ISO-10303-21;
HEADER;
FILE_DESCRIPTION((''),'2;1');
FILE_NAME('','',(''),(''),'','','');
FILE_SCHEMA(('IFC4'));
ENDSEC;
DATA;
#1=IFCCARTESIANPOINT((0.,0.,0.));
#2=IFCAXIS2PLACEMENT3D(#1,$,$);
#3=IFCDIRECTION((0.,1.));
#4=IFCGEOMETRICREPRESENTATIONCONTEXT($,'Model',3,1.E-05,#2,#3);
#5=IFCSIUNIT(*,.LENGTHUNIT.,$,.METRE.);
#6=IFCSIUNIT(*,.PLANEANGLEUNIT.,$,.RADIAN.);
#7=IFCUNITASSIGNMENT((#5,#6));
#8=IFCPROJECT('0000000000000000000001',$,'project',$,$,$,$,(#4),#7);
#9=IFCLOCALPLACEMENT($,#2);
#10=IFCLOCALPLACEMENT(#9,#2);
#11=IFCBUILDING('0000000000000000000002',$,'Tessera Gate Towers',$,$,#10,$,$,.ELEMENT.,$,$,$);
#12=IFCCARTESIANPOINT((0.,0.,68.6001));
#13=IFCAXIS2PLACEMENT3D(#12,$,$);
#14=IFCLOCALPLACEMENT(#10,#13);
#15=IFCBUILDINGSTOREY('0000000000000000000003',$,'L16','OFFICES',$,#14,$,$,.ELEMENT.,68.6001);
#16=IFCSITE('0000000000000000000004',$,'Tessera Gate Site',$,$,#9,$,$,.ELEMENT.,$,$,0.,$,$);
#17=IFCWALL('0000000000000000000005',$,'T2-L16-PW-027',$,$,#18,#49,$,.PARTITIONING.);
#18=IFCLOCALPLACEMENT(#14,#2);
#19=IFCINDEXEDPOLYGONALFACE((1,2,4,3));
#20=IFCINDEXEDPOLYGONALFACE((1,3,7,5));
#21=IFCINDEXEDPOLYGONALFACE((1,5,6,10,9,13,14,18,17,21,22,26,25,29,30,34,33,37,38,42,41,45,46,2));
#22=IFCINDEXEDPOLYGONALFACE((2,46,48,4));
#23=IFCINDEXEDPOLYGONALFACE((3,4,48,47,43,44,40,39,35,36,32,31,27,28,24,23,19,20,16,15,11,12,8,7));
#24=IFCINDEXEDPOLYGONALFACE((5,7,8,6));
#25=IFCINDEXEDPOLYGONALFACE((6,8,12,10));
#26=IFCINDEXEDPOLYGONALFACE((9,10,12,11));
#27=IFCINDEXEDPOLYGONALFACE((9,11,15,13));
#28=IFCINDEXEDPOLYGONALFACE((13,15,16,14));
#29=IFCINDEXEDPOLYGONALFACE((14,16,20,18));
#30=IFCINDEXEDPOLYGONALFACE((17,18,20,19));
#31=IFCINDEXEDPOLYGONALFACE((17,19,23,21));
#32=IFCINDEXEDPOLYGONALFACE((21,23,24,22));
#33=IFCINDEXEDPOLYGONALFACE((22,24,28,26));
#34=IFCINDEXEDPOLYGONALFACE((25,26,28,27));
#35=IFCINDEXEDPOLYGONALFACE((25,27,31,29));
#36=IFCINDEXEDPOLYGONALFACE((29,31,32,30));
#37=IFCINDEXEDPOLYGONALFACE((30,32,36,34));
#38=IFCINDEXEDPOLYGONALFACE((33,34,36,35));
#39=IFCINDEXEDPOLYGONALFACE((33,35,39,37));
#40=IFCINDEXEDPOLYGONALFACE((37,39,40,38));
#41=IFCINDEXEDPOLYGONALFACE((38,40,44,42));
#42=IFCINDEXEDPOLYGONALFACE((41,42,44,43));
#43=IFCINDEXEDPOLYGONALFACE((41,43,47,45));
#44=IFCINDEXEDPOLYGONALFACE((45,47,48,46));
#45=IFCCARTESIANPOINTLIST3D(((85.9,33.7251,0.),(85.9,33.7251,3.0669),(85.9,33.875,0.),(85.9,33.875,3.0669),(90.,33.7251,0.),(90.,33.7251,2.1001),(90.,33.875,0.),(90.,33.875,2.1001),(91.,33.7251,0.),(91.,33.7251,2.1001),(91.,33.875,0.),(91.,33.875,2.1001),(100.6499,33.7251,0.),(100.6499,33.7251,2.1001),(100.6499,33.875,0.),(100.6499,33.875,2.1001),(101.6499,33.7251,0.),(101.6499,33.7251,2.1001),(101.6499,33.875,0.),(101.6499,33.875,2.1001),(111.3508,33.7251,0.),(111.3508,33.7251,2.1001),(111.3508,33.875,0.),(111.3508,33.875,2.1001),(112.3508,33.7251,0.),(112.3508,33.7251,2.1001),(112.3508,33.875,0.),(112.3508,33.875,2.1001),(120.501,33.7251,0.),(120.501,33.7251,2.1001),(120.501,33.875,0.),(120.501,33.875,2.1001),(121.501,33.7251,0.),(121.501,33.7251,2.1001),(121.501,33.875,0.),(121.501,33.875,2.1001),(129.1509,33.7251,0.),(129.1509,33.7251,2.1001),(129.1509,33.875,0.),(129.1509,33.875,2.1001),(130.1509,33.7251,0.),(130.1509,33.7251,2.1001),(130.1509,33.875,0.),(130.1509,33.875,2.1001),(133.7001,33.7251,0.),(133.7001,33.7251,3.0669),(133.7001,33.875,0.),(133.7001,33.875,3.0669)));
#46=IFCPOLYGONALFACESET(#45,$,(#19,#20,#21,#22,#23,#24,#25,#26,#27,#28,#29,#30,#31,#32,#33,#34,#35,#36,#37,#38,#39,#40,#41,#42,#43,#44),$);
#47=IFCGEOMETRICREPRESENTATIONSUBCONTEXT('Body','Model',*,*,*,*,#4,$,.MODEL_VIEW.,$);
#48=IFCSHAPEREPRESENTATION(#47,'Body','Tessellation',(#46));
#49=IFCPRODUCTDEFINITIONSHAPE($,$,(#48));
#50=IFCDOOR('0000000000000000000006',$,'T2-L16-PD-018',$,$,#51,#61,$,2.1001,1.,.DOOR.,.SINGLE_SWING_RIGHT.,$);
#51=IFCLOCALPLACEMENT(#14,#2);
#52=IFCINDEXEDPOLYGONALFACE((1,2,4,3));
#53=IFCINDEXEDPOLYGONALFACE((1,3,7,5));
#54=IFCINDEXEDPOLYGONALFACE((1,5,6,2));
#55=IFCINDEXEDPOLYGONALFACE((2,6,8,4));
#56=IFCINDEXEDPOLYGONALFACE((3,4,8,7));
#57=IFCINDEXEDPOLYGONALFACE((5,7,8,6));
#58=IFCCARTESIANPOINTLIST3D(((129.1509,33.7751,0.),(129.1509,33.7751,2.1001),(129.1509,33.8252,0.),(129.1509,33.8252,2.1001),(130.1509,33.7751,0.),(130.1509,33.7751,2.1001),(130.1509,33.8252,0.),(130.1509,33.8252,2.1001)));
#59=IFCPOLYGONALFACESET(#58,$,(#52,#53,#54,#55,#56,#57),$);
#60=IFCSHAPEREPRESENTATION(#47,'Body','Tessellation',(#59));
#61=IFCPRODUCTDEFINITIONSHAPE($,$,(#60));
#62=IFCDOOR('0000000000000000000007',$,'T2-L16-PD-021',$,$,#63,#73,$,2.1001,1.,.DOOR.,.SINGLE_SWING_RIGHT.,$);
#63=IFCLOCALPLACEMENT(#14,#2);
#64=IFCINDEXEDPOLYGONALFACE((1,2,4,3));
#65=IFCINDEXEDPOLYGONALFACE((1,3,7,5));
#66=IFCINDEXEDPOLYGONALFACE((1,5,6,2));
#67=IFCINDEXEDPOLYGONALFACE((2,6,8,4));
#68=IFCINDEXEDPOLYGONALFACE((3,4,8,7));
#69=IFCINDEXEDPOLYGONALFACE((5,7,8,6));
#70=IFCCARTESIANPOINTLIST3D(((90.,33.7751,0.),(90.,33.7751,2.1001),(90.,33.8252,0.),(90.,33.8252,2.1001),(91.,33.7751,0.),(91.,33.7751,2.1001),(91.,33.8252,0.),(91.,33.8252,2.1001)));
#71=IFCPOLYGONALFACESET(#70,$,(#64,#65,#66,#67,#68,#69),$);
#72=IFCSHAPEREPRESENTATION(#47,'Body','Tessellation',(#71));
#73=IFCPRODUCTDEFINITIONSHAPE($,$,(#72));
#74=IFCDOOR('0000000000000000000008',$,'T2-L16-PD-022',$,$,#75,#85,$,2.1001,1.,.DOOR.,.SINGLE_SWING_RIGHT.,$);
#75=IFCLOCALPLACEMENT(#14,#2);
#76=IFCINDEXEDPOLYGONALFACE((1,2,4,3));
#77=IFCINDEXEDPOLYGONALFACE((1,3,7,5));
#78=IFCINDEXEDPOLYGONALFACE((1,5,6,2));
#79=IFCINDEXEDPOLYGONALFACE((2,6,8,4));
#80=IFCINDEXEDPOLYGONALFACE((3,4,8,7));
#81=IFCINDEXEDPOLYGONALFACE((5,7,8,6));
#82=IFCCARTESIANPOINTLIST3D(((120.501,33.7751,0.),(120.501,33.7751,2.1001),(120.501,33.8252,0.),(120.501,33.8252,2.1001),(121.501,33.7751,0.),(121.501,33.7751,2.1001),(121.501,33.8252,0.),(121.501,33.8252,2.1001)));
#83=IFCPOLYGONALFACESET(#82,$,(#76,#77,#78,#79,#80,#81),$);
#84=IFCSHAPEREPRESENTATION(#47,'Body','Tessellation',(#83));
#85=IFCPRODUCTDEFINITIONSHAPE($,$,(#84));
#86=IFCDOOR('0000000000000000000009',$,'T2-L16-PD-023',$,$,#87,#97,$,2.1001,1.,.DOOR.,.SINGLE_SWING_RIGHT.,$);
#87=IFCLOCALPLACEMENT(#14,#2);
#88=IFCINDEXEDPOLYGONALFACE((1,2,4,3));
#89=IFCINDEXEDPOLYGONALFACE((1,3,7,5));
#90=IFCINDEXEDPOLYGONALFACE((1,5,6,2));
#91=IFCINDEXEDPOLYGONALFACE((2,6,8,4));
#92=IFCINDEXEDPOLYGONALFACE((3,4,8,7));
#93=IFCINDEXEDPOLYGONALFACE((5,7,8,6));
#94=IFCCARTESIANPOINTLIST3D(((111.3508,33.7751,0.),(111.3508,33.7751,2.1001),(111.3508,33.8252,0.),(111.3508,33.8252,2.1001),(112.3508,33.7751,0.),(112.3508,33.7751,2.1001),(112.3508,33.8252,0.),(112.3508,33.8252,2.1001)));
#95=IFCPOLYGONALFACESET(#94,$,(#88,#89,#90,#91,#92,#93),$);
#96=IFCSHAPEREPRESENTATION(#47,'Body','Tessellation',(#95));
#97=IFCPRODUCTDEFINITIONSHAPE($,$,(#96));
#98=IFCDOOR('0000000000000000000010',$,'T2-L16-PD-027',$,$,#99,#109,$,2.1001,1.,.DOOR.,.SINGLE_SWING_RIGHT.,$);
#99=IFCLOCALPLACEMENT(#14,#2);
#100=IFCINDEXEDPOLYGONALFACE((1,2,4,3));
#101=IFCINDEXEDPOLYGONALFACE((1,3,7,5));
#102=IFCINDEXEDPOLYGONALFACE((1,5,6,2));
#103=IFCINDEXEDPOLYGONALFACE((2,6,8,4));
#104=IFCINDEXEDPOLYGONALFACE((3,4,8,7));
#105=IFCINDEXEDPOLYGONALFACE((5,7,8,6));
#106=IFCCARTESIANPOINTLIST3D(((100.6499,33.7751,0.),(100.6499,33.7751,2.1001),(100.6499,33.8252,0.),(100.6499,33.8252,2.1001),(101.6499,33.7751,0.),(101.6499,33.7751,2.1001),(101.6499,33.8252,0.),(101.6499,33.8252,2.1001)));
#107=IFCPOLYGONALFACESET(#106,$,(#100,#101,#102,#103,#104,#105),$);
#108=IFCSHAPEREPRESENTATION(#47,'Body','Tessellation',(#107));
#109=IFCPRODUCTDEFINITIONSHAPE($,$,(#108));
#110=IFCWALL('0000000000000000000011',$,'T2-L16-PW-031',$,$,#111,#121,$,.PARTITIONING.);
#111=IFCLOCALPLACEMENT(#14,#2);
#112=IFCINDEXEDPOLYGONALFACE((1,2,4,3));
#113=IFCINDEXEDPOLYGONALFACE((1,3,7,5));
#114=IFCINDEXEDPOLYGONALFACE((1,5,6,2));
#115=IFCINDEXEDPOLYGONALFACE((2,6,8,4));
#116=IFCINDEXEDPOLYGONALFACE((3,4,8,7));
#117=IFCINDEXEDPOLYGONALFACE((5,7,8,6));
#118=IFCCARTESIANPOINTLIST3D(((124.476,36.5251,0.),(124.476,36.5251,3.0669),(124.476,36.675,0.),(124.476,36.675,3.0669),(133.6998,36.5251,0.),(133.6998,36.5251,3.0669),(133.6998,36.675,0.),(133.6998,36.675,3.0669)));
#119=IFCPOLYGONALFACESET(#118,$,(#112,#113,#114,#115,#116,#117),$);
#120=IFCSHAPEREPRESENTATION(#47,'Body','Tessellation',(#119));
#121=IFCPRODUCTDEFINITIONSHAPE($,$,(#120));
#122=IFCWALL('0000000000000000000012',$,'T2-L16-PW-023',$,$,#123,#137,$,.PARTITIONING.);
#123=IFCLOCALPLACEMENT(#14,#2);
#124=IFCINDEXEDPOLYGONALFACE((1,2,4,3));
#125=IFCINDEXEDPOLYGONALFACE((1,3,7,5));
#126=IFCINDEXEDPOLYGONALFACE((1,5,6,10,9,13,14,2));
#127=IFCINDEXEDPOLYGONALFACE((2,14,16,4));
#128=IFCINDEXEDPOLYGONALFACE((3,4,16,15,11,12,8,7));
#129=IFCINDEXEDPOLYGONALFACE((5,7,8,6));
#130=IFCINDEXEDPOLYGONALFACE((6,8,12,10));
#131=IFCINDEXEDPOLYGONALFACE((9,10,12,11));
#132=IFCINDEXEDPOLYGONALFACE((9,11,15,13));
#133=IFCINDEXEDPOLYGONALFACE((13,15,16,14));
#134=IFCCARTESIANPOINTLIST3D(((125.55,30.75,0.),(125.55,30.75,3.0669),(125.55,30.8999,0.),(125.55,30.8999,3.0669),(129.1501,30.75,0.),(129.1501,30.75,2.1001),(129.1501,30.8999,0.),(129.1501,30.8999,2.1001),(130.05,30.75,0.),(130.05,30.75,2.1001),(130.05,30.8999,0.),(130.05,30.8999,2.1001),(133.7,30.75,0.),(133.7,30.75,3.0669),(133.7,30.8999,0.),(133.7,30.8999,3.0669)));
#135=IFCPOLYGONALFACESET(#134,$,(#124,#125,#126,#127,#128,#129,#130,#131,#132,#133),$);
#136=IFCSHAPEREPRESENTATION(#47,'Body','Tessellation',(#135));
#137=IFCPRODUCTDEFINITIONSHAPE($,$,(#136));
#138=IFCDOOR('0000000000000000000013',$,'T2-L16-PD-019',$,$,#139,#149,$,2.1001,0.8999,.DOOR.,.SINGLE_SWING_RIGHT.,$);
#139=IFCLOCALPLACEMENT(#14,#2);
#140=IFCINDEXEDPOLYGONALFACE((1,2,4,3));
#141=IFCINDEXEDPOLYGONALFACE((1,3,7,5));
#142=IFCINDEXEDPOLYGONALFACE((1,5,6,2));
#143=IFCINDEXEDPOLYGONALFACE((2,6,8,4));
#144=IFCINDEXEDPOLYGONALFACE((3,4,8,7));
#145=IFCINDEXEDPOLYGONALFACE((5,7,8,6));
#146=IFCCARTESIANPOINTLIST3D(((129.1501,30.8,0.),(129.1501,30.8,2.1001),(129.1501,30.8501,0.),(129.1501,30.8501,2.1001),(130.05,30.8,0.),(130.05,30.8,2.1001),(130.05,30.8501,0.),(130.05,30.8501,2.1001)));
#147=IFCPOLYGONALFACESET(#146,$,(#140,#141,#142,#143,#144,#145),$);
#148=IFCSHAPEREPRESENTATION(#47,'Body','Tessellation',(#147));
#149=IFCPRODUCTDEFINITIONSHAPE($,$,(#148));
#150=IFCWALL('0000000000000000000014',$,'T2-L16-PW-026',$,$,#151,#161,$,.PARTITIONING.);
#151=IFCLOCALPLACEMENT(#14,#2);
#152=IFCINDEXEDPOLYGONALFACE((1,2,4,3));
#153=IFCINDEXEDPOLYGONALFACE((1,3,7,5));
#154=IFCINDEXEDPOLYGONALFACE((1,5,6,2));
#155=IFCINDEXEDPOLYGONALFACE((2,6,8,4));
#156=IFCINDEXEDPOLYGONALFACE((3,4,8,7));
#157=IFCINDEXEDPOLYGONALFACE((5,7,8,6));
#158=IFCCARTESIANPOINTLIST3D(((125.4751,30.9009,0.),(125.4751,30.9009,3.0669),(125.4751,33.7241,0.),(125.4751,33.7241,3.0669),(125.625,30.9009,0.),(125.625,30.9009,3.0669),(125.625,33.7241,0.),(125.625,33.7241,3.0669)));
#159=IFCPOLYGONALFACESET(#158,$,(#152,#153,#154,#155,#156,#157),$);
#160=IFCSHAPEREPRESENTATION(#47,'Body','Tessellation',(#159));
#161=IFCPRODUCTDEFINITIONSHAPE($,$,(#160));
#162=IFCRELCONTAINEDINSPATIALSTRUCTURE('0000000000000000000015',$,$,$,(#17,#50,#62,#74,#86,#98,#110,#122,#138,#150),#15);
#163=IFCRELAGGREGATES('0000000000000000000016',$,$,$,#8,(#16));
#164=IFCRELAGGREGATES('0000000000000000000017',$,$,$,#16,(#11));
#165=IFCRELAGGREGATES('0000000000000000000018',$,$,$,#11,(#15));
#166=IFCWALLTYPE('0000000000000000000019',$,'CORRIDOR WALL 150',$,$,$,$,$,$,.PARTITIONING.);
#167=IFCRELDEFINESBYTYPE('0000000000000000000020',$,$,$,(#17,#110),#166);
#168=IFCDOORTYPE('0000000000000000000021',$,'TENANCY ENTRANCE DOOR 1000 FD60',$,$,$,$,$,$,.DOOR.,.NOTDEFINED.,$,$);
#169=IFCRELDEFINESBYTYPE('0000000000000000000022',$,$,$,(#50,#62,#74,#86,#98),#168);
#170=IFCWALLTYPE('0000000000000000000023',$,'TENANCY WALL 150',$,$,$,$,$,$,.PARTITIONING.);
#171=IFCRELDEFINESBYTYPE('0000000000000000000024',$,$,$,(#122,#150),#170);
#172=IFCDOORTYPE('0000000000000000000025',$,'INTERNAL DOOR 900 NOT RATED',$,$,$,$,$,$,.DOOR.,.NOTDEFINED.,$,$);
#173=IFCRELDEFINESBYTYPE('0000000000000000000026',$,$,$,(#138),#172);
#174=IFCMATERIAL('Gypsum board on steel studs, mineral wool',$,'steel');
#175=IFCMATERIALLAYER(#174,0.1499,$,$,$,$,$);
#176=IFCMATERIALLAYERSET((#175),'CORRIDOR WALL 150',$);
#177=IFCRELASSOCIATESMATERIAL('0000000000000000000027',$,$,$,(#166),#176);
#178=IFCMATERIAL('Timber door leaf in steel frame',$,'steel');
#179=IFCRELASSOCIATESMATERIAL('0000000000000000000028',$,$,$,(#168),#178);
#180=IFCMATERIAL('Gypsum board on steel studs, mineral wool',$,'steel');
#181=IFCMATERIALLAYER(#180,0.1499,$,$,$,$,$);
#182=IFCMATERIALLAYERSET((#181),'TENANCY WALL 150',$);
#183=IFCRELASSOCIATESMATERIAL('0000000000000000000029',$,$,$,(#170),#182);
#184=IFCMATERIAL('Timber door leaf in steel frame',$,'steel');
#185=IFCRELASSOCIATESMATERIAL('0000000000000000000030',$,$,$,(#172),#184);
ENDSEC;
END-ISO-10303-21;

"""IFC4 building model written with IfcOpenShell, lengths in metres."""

from ifc_helpers import new_model, si_unit, direction, frame, frame_2d, origin, place, context, subcontext, project, spatial, rectangle, extrude, source, transform, mapped, material, layer, layer_set, type_object, element, fill, save


model = new_model("IFC4")

# Units and contexts
model_context = context("Model", 3, precision=1e-05, world=origin(), true_north=direction((0.0, 1.0)))
body_context = subcontext(model_context, "Body", "Model", "MODEL_VIEW")
ifc_project = project(units=[si_unit("LENGTHUNIT", "METRE"), si_unit("PLANEANGLEUNIT", "RADIAN")], contexts=[model_context])

# Site, building, storey
site_placement = place(None, origin())
site = spatial("IfcSite", under=ifc_project, at=site_placement, Name="Tessera Gate Site", CompositionType="ELEMENT", RefElevation=0.0)
building_placement = place(site_placement, origin())
building = spatial("IfcBuilding", under=site, at=building_placement, Name="Tessera Gate Towers", CompositionType="ELEMENT")
storey_placement = place(building_placement, frame((0.0, 0.0, 68.6001)))
storey = spatial("IfcBuildingStorey", under=building, at=storey_placement, Name="L16", Description="OFFICES", CompositionType="ELEMENT", Elevation=68.6001)

# Wall, openings, doors
ifc_material_1 = material(Name="Gypsum board on steel studs, mineral wool", Category="steel")
ifc_layer_1 = layer(ifc_material_1, 0.1499)
ifc_layer_set_1 = layer_set([ifc_layer_1], Name="CORRIDOR WALL 150")
wall_type_1 = type_object("IfcWallType", Name="CORRIDOR WALL 150", PredefinedType="PARTITIONING", material=ifc_layer_set_1)
wall_1_placement = place(storey_placement, frame((133.7, 33.8, 0.0), z_axis=(0.0, 0.0, 1.0), x_axis=(-1.0, 0.0, 0.0)))
wall_1 = element("IfcWall", 1, at=wall_1_placement, inside=storey, type_object=wall_type_1, Name="T2-L16-PW-027", PredefinedType="PARTITIONING", context=body_context, shape_type="SweptSolid", body=[
    extrude(rectangle(XDim=47.8, YDim=0.1499, at=frame_2d((23.8999, 0.0))), origin(), (0.0, 0.0, 1.0), 3.0669),
])
shared_shape_1 = source(origin(), body_context, "Body", "SweptSolid", [
    extrude(rectangle(XDim=1.0, YDim=2.1001, at=frame_2d((0.5, 1.05))), frame((0.0, 0.085, 0.0), z_axis=(0.0, -1.0, 0.0), x_axis=(1.0, 0.0, 0.0)), (0.0, 0.0, 1.0), 0.1699),
])
opening_1_placement = place(wall_1_placement, frame((3.5491, 0.0, 0.0)))
opening_1 = element("IfcOpeningElement", 2, at=opening_1_placement, cuts=wall_1, PredefinedType="OPENING", context=body_context, shape_type="MappedRepresentation", body=[
    mapped(shared_shape_1, transform((0.0, 0.0, 0.0), scale=1.0)),
])
opening_2_placement = place(wall_1_placement, frame((42.7, 0.0, 0.0)))
opening_2 = element("IfcOpeningElement", 3, at=opening_2_placement, cuts=wall_1, PredefinedType="OPENING", context=body_context, shape_type="MappedRepresentation", body=[
    mapped(shared_shape_1, transform((0.0, 0.0, 0.0), scale=1.0)),
])
opening_3_placement = place(wall_1_placement, frame((12.199, 0.0, 0.0)))
opening_3 = element("IfcOpeningElement", 4, at=opening_3_placement, cuts=wall_1, PredefinedType="OPENING", context=body_context, shape_type="MappedRepresentation", body=[
    mapped(shared_shape_1, transform((0.0, 0.0, 0.0), scale=1.0)),
])
opening_4_placement = place(wall_1_placement, frame((21.3491, 0.0, 0.0)))
opening_4 = element("IfcOpeningElement", 5, at=opening_4_placement, cuts=wall_1, PredefinedType="OPENING", context=body_context, shape_type="MappedRepresentation", body=[
    mapped(shared_shape_1, transform((0.0, 0.0, 0.0), scale=1.0)),
])
opening_5_placement = place(wall_1_placement, frame((32.05, 0.0, 0.0)))
opening_5 = element("IfcOpeningElement", 6, at=opening_5_placement, cuts=wall_1, PredefinedType="OPENING", context=body_context, shape_type="MappedRepresentation", body=[
    mapped(shared_shape_1, transform((0.0, 0.0, 0.0), scale=1.0)),
])
ifc_material_2 = material(Name="Timber door leaf in steel frame", Category="steel")
door_type_1 = type_object("IfcDoorType", Name="TENANCY ENTRANCE DOOR 1000 FD60", OperationType="NOTDEFINED", PredefinedType="DOOR", material=ifc_material_2)
shared_shape_2 = source(origin(), body_context, "Body", "SweptSolid", [
    extrude(rectangle(XDim=1.0, YDim=2.1001, at=frame_2d((0.5, 1.05))), frame((0.0, 0.0249, 0.0), z_axis=(0.0, -1.0, 0.0), x_axis=(1.0, 0.0, 0.0)), (0.0, 0.0, 1.0), 0.05),
])
door_1_placement = place(opening_1_placement, origin())
door_1 = element("IfcDoor", 7, at=door_1_placement, inside=storey, type_object=door_type_1, Name="T2-L16-PD-018", OperationType="SINGLE_SWING_RIGHT", OverallHeight=2.1001, OverallWidth=1.0, PredefinedType="DOOR", context=body_context, shape_type="MappedRepresentation", body=[
    mapped(shared_shape_2, transform((0.0, 0.0, 0.0), scale=1.0)),
])
fill(opening_1, door_1)
door_2_placement = place(opening_2_placement, origin())
door_2 = element("IfcDoor", 8, at=door_2_placement, inside=storey, type_object=door_type_1, Name="T2-L16-PD-021", OperationType="SINGLE_SWING_RIGHT", OverallHeight=2.1001, OverallWidth=1.0, PredefinedType="DOOR", context=body_context, shape_type="MappedRepresentation", body=[
    mapped(shared_shape_2, transform((0.0, 0.0, 0.0), scale=1.0)),
])
fill(opening_2, door_2)
door_3_placement = place(opening_3_placement, origin())
door_3 = element("IfcDoor", 9, at=door_3_placement, inside=storey, type_object=door_type_1, Name="T2-L16-PD-022", OperationType="SINGLE_SWING_RIGHT", OverallHeight=2.1001, OverallWidth=1.0, PredefinedType="DOOR", context=body_context, shape_type="MappedRepresentation", body=[
    mapped(shared_shape_2, transform((0.0, 0.0, 0.0), scale=1.0)),
])
fill(opening_3, door_3)
door_4_placement = place(opening_4_placement, origin())
door_4 = element("IfcDoor", 10, at=door_4_placement, inside=storey, type_object=door_type_1, Name="T2-L16-PD-023", OperationType="SINGLE_SWING_RIGHT", OverallHeight=2.1001, OverallWidth=1.0, PredefinedType="DOOR", context=body_context, shape_type="MappedRepresentation", body=[
    mapped(shared_shape_2, transform((0.0, 0.0, 0.0), scale=1.0)),
])
fill(opening_4, door_4)
door_5_placement = place(opening_5_placement, origin())
door_5 = element("IfcDoor", 11, at=door_5_placement, inside=storey, type_object=door_type_1, Name="T2-L16-PD-027", OperationType="SINGLE_SWING_RIGHT", OverallHeight=2.1001, OverallWidth=1.0, PredefinedType="DOOR", context=body_context, shape_type="MappedRepresentation", body=[
    mapped(shared_shape_2, transform((0.0, 0.0, 0.0), scale=1.0)),
])
fill(opening_5, door_5)

# Wall
wall_2_placement = place(storey_placement, frame((124.4761, 36.6001, 0.0), z_axis=(0.0, 0.0, 1.0), x_axis=(1.0, 0.0, 0.0)))
element("IfcWall", 12, at=wall_2_placement, inside=storey, type_object=wall_type_1, Name="T2-L16-PW-031", PredefinedType="PARTITIONING", context=body_context, shape_type="SweptSolid", body=[
    extrude(rectangle(XDim=9.2239, YDim=0.1499, at=frame_2d((4.6118, 0.0))), origin(), (0.0, 0.0, 1.0), 3.0669),
])

# Wall, opening, door
ifc_material_3 = material(Name="Gypsum board on steel studs, mineral wool", Category="steel")
ifc_layer_2 = layer(ifc_material_3, 0.1499)
ifc_layer_set_2 = layer_set([ifc_layer_2], Name="TENANCY WALL 150")
wall_type_2 = type_object("IfcWallType", Name="TENANCY WALL 150", PredefinedType="PARTITIONING", material=ifc_layer_set_2)
wall_3_placement = place(storey_placement, frame((133.7, 30.825, 0.0), z_axis=(0.0, 0.0, 1.0), x_axis=(-1.0, 0.0, 0.0)))
wall_3 = element("IfcWall", 13, at=wall_3_placement, inside=storey, type_object=wall_type_2, Name="T2-L16-PW-023", PredefinedType="PARTITIONING", context=body_context, shape_type="SweptSolid", body=[
    extrude(rectangle(XDim=8.1499, YDim=0.1499, at=frame_2d((4.075, 0.0))), origin(), (0.0, 0.0, 1.0), 3.0669),
])
shared_shape_3 = source(origin(), body_context, "Body", "SweptSolid", [
    extrude(rectangle(XDim=0.8999, YDim=2.1001, at=frame_2d((0.45, 1.05))), frame((0.0, 0.085, 0.0), z_axis=(0.0, -1.0, 0.0), x_axis=(1.0, 0.0, 0.0)), (0.0, 0.0, 1.0), 0.1699),
])
opening_6_placement = place(wall_3_placement, frame((3.6499, 0.0, 0.0)))
opening_6 = element("IfcOpeningElement", 14, at=opening_6_placement, cuts=wall_3, PredefinedType="OPENING", context=body_context, shape_type="MappedRepresentation", body=[
    mapped(shared_shape_3, transform((0.0, 0.0, 0.0), scale=1.0)),
])
ifc_material_4 = material(Name="Timber door leaf in steel frame", Category="steel")
door_type_2 = type_object("IfcDoorType", Name="INTERNAL DOOR 900 NOT RATED", OperationType="NOTDEFINED", PredefinedType="DOOR", material=ifc_material_4)
shared_shape_4 = source(origin(), body_context, "Body", "SweptSolid", [
    extrude(rectangle(XDim=0.8999, YDim=2.1001, at=frame_2d((0.45, 1.05))), frame((0.0, 0.0249, 0.0), z_axis=(0.0, -1.0, 0.0), x_axis=(1.0, 0.0, 0.0)), (0.0, 0.0, 1.0), 0.05),
])
door_6_placement = place(opening_6_placement, origin())
door_6 = element("IfcDoor", 15, at=door_6_placement, inside=storey, type_object=door_type_2, Name="T2-L16-PD-019", OperationType="SINGLE_SWING_RIGHT", OverallHeight=2.1001, OverallWidth=0.8999, PredefinedType="DOOR", context=body_context, shape_type="MappedRepresentation", body=[
    mapped(shared_shape_4, transform((0.0, 0.0, 0.0), scale=1.0)),
])
fill(opening_6, door_6)

# Wall
wall_4_placement = place(storey_placement, frame((125.55, 30.9009, 0.0), z_axis=(0.0, 0.0, 1.0), x_axis=(0.0, 1.0, 0.0)))
element("IfcWall", 16, at=wall_4_placement, inside=storey, type_object=wall_type_2, Name="T2-L16-PW-026", PredefinedType="PARTITIONING", context=body_context, shape_type="SweptSolid", body=[
    extrude(rectangle(XDim=2.8232, YDim=0.1499, at=frame_2d((1.4116, 0.0))), origin(), (0.0, 0.0, 1.0), 3.0669),
])

save(model, "model.ifc")
